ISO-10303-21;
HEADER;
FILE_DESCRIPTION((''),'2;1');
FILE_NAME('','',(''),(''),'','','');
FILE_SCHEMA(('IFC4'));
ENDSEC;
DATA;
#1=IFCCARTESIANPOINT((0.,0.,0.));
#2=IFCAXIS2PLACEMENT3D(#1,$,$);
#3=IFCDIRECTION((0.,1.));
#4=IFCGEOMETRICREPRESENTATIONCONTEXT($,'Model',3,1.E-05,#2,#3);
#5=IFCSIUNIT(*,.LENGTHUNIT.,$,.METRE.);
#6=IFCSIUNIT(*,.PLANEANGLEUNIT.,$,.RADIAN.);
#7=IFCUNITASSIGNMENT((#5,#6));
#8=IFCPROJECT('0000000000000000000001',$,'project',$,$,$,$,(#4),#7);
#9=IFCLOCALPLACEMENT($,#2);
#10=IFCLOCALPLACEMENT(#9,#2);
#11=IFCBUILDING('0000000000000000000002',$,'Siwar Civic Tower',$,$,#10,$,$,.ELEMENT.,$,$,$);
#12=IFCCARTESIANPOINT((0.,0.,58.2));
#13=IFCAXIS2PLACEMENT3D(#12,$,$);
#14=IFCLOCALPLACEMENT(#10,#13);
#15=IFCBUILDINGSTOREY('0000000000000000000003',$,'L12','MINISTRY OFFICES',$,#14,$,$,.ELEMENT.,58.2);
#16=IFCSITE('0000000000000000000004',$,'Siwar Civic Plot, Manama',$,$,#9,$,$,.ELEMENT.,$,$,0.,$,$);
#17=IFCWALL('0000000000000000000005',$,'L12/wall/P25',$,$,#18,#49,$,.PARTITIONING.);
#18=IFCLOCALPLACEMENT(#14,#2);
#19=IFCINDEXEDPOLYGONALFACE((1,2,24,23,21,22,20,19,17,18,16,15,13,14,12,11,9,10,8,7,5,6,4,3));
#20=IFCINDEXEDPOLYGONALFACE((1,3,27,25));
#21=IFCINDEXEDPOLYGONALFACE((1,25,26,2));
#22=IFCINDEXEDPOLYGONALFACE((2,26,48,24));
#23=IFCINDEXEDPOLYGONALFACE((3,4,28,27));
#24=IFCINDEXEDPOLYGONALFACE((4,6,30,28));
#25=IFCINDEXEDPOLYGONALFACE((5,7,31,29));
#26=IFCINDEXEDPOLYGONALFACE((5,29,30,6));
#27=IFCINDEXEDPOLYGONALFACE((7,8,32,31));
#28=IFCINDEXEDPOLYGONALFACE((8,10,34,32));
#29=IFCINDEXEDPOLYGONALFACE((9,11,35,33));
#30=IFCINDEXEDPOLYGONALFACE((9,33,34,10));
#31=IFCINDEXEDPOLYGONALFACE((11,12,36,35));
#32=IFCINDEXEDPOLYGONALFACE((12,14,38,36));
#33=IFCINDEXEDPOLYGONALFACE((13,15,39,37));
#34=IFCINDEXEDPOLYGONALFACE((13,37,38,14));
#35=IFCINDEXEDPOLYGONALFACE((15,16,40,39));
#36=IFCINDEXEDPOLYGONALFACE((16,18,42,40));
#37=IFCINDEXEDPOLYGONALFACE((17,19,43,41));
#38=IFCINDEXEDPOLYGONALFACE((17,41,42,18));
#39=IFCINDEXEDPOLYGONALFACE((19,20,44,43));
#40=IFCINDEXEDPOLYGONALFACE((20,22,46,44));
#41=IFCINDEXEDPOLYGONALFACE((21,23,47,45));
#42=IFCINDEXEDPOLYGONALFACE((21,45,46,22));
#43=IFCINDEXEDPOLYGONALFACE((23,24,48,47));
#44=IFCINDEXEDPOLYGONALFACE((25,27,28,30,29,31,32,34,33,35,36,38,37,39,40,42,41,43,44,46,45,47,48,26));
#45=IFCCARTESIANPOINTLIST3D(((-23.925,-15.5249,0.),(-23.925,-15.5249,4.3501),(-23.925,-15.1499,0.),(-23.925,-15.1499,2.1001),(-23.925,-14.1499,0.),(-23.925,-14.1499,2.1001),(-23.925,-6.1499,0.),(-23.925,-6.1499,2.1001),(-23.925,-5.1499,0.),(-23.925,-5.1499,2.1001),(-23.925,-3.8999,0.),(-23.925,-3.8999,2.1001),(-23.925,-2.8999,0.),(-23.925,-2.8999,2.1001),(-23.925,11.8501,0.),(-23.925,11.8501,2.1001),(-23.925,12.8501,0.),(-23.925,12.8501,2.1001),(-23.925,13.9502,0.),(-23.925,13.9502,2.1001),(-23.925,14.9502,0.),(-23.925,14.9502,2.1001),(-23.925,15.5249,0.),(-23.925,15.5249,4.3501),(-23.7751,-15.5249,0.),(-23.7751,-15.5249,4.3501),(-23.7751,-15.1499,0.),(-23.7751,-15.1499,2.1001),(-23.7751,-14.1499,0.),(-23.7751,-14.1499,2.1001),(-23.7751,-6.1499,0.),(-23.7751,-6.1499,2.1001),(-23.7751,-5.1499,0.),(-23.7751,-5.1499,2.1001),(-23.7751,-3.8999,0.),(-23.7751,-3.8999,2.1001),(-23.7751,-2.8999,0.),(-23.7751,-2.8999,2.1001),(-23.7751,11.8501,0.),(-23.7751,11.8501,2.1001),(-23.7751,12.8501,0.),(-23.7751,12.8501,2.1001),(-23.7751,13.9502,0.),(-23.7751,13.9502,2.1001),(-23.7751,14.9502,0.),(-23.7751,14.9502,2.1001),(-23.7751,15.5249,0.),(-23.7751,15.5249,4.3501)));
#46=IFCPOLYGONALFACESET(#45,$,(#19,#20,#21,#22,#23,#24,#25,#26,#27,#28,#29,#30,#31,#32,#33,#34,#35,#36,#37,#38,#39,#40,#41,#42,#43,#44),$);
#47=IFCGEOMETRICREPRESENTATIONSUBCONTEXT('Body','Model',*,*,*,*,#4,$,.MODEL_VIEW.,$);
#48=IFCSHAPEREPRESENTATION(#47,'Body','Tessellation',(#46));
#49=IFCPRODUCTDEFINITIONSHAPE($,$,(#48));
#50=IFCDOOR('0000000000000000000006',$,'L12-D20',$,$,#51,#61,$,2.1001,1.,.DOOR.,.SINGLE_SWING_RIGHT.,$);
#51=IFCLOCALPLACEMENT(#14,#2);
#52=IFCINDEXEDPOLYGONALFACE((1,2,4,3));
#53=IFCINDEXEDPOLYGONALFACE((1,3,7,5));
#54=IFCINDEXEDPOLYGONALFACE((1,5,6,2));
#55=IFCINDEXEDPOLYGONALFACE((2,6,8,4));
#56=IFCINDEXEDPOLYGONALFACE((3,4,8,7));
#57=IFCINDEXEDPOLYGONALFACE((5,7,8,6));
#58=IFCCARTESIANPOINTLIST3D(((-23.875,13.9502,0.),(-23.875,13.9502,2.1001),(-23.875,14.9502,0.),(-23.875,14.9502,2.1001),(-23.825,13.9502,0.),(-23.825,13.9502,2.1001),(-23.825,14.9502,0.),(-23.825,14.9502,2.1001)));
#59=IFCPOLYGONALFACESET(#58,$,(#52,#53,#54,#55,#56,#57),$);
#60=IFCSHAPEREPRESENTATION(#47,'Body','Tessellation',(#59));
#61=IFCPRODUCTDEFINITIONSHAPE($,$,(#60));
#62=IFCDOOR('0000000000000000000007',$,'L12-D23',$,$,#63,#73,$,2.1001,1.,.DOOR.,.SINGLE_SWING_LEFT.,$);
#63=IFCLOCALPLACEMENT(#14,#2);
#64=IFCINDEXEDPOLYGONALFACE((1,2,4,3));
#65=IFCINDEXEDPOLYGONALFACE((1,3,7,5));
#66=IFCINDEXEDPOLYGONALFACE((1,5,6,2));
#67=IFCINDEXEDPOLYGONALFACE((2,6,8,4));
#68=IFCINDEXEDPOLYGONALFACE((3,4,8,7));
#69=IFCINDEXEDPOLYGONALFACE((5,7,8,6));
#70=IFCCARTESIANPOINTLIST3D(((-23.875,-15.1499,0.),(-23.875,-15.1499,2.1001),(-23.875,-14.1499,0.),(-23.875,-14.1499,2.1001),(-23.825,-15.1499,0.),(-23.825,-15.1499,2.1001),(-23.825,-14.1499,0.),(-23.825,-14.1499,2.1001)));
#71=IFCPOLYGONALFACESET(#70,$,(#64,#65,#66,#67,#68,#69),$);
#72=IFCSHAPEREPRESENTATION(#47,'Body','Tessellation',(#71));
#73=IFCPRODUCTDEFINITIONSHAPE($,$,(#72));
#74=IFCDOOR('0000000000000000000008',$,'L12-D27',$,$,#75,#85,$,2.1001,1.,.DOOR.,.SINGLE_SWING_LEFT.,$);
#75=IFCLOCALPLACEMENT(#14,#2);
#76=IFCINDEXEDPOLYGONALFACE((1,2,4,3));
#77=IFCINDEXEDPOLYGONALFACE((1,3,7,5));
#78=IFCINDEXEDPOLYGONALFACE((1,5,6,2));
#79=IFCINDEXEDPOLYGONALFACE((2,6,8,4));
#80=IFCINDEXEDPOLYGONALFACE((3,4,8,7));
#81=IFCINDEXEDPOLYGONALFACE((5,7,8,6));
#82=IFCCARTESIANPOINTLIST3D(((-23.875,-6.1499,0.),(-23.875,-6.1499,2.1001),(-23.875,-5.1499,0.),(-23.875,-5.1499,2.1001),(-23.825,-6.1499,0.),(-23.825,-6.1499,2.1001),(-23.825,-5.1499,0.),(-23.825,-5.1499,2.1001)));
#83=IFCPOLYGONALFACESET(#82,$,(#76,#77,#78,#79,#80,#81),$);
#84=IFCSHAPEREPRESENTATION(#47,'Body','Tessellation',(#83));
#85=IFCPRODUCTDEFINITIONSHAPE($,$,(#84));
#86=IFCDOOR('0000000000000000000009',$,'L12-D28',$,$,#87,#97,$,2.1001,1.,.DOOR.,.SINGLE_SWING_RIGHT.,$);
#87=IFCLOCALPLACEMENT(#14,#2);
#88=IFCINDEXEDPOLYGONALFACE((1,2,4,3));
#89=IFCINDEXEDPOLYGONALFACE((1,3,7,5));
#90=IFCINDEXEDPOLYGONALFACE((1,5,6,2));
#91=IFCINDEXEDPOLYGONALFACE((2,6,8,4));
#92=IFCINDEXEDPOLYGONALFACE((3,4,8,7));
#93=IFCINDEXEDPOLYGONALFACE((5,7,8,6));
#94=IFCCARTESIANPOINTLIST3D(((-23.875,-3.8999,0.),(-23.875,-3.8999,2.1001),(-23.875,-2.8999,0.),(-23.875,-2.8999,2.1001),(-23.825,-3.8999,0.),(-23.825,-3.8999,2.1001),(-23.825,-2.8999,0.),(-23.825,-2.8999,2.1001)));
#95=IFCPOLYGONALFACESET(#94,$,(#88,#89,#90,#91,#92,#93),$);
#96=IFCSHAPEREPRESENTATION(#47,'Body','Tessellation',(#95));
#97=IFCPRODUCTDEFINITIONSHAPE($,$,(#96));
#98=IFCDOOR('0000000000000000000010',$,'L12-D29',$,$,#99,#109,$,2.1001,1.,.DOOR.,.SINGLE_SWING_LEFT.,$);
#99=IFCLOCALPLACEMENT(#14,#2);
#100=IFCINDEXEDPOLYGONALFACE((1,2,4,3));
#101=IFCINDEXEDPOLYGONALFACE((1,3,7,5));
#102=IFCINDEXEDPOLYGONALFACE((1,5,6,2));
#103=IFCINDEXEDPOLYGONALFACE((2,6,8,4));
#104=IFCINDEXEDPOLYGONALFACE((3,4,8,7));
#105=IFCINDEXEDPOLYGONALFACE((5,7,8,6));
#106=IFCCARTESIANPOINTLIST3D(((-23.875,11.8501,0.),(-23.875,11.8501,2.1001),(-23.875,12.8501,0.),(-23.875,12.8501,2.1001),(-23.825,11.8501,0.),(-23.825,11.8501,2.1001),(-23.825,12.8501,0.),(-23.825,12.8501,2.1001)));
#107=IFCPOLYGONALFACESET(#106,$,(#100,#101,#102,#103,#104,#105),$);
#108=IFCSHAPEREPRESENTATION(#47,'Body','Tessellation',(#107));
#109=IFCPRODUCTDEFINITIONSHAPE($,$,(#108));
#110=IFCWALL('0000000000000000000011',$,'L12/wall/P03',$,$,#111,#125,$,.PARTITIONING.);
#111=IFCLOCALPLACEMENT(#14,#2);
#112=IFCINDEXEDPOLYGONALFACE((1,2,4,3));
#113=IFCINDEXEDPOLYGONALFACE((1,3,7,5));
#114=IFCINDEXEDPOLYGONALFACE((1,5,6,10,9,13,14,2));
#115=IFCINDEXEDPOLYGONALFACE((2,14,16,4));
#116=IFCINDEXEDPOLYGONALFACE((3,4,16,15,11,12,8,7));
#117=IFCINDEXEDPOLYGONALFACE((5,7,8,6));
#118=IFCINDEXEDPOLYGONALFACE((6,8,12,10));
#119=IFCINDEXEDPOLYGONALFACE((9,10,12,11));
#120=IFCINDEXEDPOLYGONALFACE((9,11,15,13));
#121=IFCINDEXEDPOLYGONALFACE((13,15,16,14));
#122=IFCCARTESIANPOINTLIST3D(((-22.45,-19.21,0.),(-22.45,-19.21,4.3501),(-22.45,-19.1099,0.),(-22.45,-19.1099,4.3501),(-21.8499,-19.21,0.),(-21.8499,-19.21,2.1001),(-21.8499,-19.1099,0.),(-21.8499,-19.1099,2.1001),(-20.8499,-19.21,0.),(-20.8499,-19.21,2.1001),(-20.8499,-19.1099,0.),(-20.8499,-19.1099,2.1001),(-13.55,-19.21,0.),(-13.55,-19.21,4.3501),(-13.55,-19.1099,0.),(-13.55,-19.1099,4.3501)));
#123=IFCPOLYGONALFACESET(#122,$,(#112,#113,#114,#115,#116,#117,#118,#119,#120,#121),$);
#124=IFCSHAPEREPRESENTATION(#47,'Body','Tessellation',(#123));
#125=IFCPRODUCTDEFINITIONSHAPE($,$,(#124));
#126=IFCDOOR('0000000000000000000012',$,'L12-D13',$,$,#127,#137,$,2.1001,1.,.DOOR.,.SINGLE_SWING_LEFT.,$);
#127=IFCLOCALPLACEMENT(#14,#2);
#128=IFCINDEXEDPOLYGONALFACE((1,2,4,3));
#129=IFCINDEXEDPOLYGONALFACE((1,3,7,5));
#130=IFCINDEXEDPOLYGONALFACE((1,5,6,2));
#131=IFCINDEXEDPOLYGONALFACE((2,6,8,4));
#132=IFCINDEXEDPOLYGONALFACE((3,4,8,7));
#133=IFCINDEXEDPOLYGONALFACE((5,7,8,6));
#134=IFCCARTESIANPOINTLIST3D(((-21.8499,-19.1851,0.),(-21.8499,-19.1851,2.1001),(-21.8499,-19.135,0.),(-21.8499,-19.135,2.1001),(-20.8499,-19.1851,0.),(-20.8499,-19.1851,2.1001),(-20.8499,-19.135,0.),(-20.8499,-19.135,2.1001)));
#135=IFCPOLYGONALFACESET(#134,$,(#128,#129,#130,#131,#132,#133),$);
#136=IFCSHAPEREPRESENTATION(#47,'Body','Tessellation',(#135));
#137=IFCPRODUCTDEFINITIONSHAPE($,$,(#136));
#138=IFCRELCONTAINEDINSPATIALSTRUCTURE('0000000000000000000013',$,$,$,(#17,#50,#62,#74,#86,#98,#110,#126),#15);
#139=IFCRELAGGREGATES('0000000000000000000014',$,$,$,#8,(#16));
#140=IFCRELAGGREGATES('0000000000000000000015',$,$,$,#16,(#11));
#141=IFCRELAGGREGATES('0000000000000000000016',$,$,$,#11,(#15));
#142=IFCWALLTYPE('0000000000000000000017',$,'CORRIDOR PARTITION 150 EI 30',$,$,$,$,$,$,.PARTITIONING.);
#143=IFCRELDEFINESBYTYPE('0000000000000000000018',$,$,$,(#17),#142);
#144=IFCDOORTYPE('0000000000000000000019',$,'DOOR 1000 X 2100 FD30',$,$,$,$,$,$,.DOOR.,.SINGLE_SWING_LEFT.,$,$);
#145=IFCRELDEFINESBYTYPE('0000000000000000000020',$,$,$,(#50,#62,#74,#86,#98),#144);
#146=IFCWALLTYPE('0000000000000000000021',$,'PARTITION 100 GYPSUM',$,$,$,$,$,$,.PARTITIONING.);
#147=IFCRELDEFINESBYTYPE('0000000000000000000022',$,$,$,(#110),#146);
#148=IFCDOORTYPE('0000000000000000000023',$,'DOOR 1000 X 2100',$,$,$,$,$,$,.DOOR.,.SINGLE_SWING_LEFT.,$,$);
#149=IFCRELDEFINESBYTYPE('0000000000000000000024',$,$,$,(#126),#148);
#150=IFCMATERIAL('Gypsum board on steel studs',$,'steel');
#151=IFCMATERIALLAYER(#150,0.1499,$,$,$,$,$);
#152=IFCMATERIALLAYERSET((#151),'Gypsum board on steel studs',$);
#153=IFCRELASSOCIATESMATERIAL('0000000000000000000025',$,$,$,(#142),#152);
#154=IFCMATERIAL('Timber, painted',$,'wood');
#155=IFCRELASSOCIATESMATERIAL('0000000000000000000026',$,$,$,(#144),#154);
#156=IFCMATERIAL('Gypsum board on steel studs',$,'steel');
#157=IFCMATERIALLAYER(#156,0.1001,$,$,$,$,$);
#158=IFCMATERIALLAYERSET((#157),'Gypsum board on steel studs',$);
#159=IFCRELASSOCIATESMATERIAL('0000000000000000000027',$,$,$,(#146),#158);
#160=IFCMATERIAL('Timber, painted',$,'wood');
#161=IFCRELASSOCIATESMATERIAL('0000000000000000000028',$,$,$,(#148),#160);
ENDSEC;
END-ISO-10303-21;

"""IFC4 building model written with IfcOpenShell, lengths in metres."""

from ifc_helpers import new_model, si_unit, direction, frame, frame_2d, origin, place, context, subcontext, project, spatial, rectangle, extrude, material, layer, layer_set, type_object, element, fill, save


model = new_model("IFC4")

# Units and contexts
model_context = context("Model", 3, precision=1e-05, world=origin(), true_north=direction((0.0, 1.0)))
body_context = subcontext(model_context, "Body", "Model", "MODEL_VIEW")
ifc_project = project(units=[si_unit("LENGTHUNIT", "METRE"), si_unit("PLANEANGLEUNIT", "RADIAN")], contexts=[model_context])

# Site, building, storey
site_placement = place(None, origin())
site = spatial("IfcSite", under=ifc_project, at=site_placement, Name="Siwar Civic Plot, Manama", CompositionType="ELEMENT", RefElevation=0.0)
building_placement = place(site_placement, origin())
building = spatial("IfcBuilding", under=site, at=building_placement, Name="Siwar Civic Tower", CompositionType="ELEMENT")
storey_placement = place(building_placement, frame((0.0, 0.0, 58.2)))
storey = spatial("IfcBuildingStorey", under=building, at=storey_placement, Name="L12", Description="MINISTRY OFFICES", CompositionType="ELEMENT", Elevation=58.2)

# Wall, openings, doors
ifc_material_1 = material(Name="Gypsum board on steel studs", Category="steel")
ifc_layer_1 = layer(ifc_material_1, 0.1499)
ifc_layer_set_1 = layer_set([ifc_layer_1], Name="Gypsum board on steel studs")
wall_type_1 = type_object("IfcWallType", Name="CORRIDOR PARTITION 150 EI 30", PredefinedType="PARTITIONING", material=ifc_layer_set_1)
ifc_material_2 = material(Name="Timber, painted", Category="wood")
door_type_1 = type_object("IfcDoorType", Name="DOOR 1000 X 2100 FD30", OperationType="SINGLE_SWING_LEFT", PredefinedType="DOOR", material=ifc_material_2)
wall_1_placement = place(storey_placement, frame((-23.8501, -15.5249, 0.0), z_axis=(0.0, 0.0, 1.0), x_axis=(0.0, 1.0, 0.0)))
wall_1 = element("IfcWall", 1, at=wall_1_placement, inside=storey, type_object=wall_type_1, Name="L12/wall/P25", PredefinedType="PARTITIONING", context=body_context, shape_type="SweptSolid", body=[
    extrude(rectangle(XDim=31.0498, YDim=0.1499, at=frame_2d((15.5249, 0.0))), origin(), (0.0, 0.0, 1.0), 4.3501),
])
opening_1_placement = place(wall_1_placement, frame((29.4751, 0.0, 0.0)))
opening_1 = element("IfcOpeningElement", 2, at=opening_1_placement, cuts=wall_1, PredefinedType="OPENING", context=body_context, shape_type="SweptSolid", body=[
    extrude(rectangle(XDim=1.0, YDim=2.1001, at=frame_2d((0.5, 1.05))), frame((0.0, 0.085, 0.0), z_axis=(0.0, -1.0, 0.0), x_axis=(1.0, 0.0, 0.0)), (0.0, 0.0, 1.0), 0.1699),
])
opening_2_placement = place(wall_1_placement, frame((0.375, 0.0, 0.0)))
opening_2 = element("IfcOpeningElement", 3, at=opening_2_placement, cuts=wall_1, PredefinedType="OPENING", context=body_context, shape_type="SweptSolid", body=[
    extrude(rectangle(XDim=1.0, YDim=2.1001, at=frame_2d((0.5, 1.05))), frame((0.0, 0.085, 0.0), z_axis=(0.0, -1.0, 0.0), x_axis=(1.0, 0.0, 0.0)), (0.0, 0.0, 1.0), 0.1699),
])
opening_3_placement = place(wall_1_placement, frame((9.375, 0.0, 0.0)))
opening_3 = element("IfcOpeningElement", 4, at=opening_3_placement, cuts=wall_1, PredefinedType="OPENING", context=body_context, shape_type="SweptSolid", body=[
    extrude(rectangle(XDim=1.0, YDim=2.1001, at=frame_2d((0.5, 1.05))), frame((0.0, 0.085, 0.0), z_axis=(0.0, -1.0, 0.0), x_axis=(1.0, 0.0, 0.0)), (0.0, 0.0, 1.0), 0.1699),
])
opening_4_placement = place(wall_1_placement, frame((11.625, 0.0, 0.0)))
opening_4 = element("IfcOpeningElement", 5, at=opening_4_placement, cuts=wall_1, PredefinedType="OPENING", context=body_context, shape_type="SweptSolid", body=[
    extrude(rectangle(XDim=1.0, YDim=2.1001, at=frame_2d((0.5, 1.05))), frame((0.0, 0.085, 0.0), z_axis=(0.0, -1.0, 0.0), x_axis=(1.0, 0.0, 0.0)), (0.0, 0.0, 1.0), 0.1699),
])
opening_5_placement = place(wall_1_placement, frame((27.375, 0.0, 0.0)))
opening_5 = element("IfcOpeningElement", 6, at=opening_5_placement, cuts=wall_1, PredefinedType="OPENING", context=body_context, shape_type="SweptSolid", body=[
    extrude(rectangle(XDim=1.0, YDim=2.1001, at=frame_2d((0.5, 1.05))), frame((0.0, 0.085, 0.0), z_axis=(0.0, -1.0, 0.0), x_axis=(1.0, 0.0, 0.0)), (0.0, 0.0, 1.0), 0.1699),
])
door_1_placement = place(opening_1_placement, origin())
door_1 = element("IfcDoor", 7, at=door_1_placement, inside=storey, type_object=door_type_1, Name="L12-D20", OperationType="SINGLE_SWING_RIGHT", OverallHeight=2.1001, OverallWidth=1.0, PredefinedType="DOOR", context=body_context, shape_type="SweptSolid", body=[
    extrude(rectangle(XDim=1.0, YDim=2.1001, at=frame_2d((0.5, 1.05))), frame((0.0, 0.0249, 0.0), z_axis=(0.0, -1.0, 0.0), x_axis=(1.0, 0.0, 0.0)), (0.0, 0.0, 1.0), 0.05),
])
fill(opening_1, door_1)
door_2_placement = place(opening_2_placement, origin())
door_2 = element("IfcDoor", 8, at=door_2_placement, inside=storey, type_object=door_type_1, Name="L12-D23", OperationType="SINGLE_SWING_LEFT", OverallHeight=2.1001, OverallWidth=1.0, PredefinedType="DOOR", context=body_context, shape_type="SweptSolid", body=[
    extrude(rectangle(XDim=1.0, YDim=2.1001, at=frame_2d((0.5, 1.05))), frame((0.0, 0.0249, 0.0), z_axis=(0.0, -1.0, 0.0), x_axis=(1.0, 0.0, 0.0)), (0.0, 0.0, 1.0), 0.05),
])
fill(opening_2, door_2)
door_3_placement = place(opening_3_placement, origin())
door_3 = element("IfcDoor", 9, at=door_3_placement, inside=storey, type_object=door_type_1, Name="L12-D27", OperationType="SINGLE_SWING_LEFT", OverallHeight=2.1001, OverallWidth=1.0, PredefinedType="DOOR", context=body_context, shape_type="SweptSolid", body=[
    extrude(rectangle(XDim=1.0, YDim=2.1001, at=frame_2d((0.5, 1.05))), frame((0.0, 0.0249, 0.0), z_axis=(0.0, -1.0, 0.0), x_axis=(1.0, 0.0, 0.0)), (0.0, 0.0, 1.0), 0.05),
])
fill(opening_3, door_3)
door_4_placement = place(opening_4_placement, origin())
door_4 = element("IfcDoor", 10, at=door_4_placement, inside=storey, type_object=door_type_1, Name="L12-D28", OperationType="SINGLE_SWING_RIGHT", OverallHeight=2.1001, OverallWidth=1.0, PredefinedType="DOOR", context=body_context, shape_type="SweptSolid", body=[
    extrude(rectangle(XDim=1.0, YDim=2.1001, at=frame_2d((0.5, 1.05))), frame((0.0, 0.0249, 0.0), z_axis=(0.0, -1.0, 0.0), x_axis=(1.0, 0.0, 0.0)), (0.0, 0.0, 1.0), 0.05),
])
fill(opening_4, door_4)
door_5_placement = place(opening_5_placement, origin())
door_5 = element("IfcDoor", 11, at=door_5_placement, inside=storey, type_object=door_type_1, Name="L12-D29", OperationType="SINGLE_SWING_LEFT", OverallHeight=2.1001, OverallWidth=1.0, PredefinedType="DOOR", context=body_context, shape_type="SweptSolid", body=[
    extrude(rectangle(XDim=1.0, YDim=2.1001, at=frame_2d((0.5, 1.05))), frame((0.0, 0.0249, 0.0), z_axis=(0.0, -1.0, 0.0), x_axis=(1.0, 0.0, 0.0)), (0.0, 0.0, 1.0), 0.05),
])
fill(opening_5, door_5)

# Wall, opening, door
ifc_material_3 = material(Name="Gypsum board on steel studs", Category="steel")
ifc_layer_2 = layer(ifc_material_3, 0.1001)
ifc_layer_set_2 = layer_set([ifc_layer_2], Name="Gypsum board on steel studs")
wall_type_2 = type_object("IfcWallType", Name="PARTITION 100 GYPSUM", PredefinedType="PARTITIONING", material=ifc_layer_set_2)
wall_2_placement = place(storey_placement, frame((-22.45, -19.1599, 0.0), z_axis=(0.0, 0.0, 1.0), x_axis=(1.0, 0.0, 0.0)))
wall_2 = element("IfcWall", 12, at=wall_2_placement, inside=storey, type_object=wall_type_2, Name="L12/wall/P03", PredefinedType="PARTITIONING", context=body_context, shape_type="SweptSolid", body=[
    extrude(rectangle(XDim=8.8999, YDim=0.1001, at=frame_2d((4.45, 0.0))), origin(), (0.0, 0.0, 1.0), 4.3501),
])
opening_6_placement = place(wall_2_placement, frame((0.6001, 0.0, 0.0)))
opening_6 = element("IfcOpeningElement", 13, at=opening_6_placement, cuts=wall_2, PredefinedType="OPENING", context=body_context, shape_type="SweptSolid", body=[
    extrude(rectangle(XDim=1.0, YDim=2.1001, at=frame_2d((0.5, 1.05))), frame((0.0, 0.0601, 0.0), z_axis=(0.0, -1.0, 0.0), x_axis=(1.0, 0.0, 0.0)), (0.0, 0.0, 1.0), 0.1201),
])
ifc_material_4 = material(Name="Timber, painted", Category="wood")
door_type_2 = type_object("IfcDoorType", Name="DOOR 1000 X 2100", OperationType="SINGLE_SWING_LEFT", PredefinedType="DOOR", material=ifc_material_4)
door_6_placement = place(opening_6_placement, origin())
door_6 = element("IfcDoor", 14, at=door_6_placement, inside=storey, type_object=door_type_2, Name="L12-D13", OperationType="SINGLE_SWING_LEFT", OverallHeight=2.1001, OverallWidth=1.0, PredefinedType="DOOR", context=body_context, shape_type="SweptSolid", body=[
    extrude(rectangle(XDim=1.0, YDim=2.1001, at=frame_2d((0.5, 1.05))), frame((0.0, 0.0249, 0.0), z_axis=(0.0, -1.0, 0.0), x_axis=(1.0, 0.0, 0.0)), (0.0, 0.0, 1.0), 0.05),
])
fill(opening_6, door_6)

save(model, "model.ifc")
